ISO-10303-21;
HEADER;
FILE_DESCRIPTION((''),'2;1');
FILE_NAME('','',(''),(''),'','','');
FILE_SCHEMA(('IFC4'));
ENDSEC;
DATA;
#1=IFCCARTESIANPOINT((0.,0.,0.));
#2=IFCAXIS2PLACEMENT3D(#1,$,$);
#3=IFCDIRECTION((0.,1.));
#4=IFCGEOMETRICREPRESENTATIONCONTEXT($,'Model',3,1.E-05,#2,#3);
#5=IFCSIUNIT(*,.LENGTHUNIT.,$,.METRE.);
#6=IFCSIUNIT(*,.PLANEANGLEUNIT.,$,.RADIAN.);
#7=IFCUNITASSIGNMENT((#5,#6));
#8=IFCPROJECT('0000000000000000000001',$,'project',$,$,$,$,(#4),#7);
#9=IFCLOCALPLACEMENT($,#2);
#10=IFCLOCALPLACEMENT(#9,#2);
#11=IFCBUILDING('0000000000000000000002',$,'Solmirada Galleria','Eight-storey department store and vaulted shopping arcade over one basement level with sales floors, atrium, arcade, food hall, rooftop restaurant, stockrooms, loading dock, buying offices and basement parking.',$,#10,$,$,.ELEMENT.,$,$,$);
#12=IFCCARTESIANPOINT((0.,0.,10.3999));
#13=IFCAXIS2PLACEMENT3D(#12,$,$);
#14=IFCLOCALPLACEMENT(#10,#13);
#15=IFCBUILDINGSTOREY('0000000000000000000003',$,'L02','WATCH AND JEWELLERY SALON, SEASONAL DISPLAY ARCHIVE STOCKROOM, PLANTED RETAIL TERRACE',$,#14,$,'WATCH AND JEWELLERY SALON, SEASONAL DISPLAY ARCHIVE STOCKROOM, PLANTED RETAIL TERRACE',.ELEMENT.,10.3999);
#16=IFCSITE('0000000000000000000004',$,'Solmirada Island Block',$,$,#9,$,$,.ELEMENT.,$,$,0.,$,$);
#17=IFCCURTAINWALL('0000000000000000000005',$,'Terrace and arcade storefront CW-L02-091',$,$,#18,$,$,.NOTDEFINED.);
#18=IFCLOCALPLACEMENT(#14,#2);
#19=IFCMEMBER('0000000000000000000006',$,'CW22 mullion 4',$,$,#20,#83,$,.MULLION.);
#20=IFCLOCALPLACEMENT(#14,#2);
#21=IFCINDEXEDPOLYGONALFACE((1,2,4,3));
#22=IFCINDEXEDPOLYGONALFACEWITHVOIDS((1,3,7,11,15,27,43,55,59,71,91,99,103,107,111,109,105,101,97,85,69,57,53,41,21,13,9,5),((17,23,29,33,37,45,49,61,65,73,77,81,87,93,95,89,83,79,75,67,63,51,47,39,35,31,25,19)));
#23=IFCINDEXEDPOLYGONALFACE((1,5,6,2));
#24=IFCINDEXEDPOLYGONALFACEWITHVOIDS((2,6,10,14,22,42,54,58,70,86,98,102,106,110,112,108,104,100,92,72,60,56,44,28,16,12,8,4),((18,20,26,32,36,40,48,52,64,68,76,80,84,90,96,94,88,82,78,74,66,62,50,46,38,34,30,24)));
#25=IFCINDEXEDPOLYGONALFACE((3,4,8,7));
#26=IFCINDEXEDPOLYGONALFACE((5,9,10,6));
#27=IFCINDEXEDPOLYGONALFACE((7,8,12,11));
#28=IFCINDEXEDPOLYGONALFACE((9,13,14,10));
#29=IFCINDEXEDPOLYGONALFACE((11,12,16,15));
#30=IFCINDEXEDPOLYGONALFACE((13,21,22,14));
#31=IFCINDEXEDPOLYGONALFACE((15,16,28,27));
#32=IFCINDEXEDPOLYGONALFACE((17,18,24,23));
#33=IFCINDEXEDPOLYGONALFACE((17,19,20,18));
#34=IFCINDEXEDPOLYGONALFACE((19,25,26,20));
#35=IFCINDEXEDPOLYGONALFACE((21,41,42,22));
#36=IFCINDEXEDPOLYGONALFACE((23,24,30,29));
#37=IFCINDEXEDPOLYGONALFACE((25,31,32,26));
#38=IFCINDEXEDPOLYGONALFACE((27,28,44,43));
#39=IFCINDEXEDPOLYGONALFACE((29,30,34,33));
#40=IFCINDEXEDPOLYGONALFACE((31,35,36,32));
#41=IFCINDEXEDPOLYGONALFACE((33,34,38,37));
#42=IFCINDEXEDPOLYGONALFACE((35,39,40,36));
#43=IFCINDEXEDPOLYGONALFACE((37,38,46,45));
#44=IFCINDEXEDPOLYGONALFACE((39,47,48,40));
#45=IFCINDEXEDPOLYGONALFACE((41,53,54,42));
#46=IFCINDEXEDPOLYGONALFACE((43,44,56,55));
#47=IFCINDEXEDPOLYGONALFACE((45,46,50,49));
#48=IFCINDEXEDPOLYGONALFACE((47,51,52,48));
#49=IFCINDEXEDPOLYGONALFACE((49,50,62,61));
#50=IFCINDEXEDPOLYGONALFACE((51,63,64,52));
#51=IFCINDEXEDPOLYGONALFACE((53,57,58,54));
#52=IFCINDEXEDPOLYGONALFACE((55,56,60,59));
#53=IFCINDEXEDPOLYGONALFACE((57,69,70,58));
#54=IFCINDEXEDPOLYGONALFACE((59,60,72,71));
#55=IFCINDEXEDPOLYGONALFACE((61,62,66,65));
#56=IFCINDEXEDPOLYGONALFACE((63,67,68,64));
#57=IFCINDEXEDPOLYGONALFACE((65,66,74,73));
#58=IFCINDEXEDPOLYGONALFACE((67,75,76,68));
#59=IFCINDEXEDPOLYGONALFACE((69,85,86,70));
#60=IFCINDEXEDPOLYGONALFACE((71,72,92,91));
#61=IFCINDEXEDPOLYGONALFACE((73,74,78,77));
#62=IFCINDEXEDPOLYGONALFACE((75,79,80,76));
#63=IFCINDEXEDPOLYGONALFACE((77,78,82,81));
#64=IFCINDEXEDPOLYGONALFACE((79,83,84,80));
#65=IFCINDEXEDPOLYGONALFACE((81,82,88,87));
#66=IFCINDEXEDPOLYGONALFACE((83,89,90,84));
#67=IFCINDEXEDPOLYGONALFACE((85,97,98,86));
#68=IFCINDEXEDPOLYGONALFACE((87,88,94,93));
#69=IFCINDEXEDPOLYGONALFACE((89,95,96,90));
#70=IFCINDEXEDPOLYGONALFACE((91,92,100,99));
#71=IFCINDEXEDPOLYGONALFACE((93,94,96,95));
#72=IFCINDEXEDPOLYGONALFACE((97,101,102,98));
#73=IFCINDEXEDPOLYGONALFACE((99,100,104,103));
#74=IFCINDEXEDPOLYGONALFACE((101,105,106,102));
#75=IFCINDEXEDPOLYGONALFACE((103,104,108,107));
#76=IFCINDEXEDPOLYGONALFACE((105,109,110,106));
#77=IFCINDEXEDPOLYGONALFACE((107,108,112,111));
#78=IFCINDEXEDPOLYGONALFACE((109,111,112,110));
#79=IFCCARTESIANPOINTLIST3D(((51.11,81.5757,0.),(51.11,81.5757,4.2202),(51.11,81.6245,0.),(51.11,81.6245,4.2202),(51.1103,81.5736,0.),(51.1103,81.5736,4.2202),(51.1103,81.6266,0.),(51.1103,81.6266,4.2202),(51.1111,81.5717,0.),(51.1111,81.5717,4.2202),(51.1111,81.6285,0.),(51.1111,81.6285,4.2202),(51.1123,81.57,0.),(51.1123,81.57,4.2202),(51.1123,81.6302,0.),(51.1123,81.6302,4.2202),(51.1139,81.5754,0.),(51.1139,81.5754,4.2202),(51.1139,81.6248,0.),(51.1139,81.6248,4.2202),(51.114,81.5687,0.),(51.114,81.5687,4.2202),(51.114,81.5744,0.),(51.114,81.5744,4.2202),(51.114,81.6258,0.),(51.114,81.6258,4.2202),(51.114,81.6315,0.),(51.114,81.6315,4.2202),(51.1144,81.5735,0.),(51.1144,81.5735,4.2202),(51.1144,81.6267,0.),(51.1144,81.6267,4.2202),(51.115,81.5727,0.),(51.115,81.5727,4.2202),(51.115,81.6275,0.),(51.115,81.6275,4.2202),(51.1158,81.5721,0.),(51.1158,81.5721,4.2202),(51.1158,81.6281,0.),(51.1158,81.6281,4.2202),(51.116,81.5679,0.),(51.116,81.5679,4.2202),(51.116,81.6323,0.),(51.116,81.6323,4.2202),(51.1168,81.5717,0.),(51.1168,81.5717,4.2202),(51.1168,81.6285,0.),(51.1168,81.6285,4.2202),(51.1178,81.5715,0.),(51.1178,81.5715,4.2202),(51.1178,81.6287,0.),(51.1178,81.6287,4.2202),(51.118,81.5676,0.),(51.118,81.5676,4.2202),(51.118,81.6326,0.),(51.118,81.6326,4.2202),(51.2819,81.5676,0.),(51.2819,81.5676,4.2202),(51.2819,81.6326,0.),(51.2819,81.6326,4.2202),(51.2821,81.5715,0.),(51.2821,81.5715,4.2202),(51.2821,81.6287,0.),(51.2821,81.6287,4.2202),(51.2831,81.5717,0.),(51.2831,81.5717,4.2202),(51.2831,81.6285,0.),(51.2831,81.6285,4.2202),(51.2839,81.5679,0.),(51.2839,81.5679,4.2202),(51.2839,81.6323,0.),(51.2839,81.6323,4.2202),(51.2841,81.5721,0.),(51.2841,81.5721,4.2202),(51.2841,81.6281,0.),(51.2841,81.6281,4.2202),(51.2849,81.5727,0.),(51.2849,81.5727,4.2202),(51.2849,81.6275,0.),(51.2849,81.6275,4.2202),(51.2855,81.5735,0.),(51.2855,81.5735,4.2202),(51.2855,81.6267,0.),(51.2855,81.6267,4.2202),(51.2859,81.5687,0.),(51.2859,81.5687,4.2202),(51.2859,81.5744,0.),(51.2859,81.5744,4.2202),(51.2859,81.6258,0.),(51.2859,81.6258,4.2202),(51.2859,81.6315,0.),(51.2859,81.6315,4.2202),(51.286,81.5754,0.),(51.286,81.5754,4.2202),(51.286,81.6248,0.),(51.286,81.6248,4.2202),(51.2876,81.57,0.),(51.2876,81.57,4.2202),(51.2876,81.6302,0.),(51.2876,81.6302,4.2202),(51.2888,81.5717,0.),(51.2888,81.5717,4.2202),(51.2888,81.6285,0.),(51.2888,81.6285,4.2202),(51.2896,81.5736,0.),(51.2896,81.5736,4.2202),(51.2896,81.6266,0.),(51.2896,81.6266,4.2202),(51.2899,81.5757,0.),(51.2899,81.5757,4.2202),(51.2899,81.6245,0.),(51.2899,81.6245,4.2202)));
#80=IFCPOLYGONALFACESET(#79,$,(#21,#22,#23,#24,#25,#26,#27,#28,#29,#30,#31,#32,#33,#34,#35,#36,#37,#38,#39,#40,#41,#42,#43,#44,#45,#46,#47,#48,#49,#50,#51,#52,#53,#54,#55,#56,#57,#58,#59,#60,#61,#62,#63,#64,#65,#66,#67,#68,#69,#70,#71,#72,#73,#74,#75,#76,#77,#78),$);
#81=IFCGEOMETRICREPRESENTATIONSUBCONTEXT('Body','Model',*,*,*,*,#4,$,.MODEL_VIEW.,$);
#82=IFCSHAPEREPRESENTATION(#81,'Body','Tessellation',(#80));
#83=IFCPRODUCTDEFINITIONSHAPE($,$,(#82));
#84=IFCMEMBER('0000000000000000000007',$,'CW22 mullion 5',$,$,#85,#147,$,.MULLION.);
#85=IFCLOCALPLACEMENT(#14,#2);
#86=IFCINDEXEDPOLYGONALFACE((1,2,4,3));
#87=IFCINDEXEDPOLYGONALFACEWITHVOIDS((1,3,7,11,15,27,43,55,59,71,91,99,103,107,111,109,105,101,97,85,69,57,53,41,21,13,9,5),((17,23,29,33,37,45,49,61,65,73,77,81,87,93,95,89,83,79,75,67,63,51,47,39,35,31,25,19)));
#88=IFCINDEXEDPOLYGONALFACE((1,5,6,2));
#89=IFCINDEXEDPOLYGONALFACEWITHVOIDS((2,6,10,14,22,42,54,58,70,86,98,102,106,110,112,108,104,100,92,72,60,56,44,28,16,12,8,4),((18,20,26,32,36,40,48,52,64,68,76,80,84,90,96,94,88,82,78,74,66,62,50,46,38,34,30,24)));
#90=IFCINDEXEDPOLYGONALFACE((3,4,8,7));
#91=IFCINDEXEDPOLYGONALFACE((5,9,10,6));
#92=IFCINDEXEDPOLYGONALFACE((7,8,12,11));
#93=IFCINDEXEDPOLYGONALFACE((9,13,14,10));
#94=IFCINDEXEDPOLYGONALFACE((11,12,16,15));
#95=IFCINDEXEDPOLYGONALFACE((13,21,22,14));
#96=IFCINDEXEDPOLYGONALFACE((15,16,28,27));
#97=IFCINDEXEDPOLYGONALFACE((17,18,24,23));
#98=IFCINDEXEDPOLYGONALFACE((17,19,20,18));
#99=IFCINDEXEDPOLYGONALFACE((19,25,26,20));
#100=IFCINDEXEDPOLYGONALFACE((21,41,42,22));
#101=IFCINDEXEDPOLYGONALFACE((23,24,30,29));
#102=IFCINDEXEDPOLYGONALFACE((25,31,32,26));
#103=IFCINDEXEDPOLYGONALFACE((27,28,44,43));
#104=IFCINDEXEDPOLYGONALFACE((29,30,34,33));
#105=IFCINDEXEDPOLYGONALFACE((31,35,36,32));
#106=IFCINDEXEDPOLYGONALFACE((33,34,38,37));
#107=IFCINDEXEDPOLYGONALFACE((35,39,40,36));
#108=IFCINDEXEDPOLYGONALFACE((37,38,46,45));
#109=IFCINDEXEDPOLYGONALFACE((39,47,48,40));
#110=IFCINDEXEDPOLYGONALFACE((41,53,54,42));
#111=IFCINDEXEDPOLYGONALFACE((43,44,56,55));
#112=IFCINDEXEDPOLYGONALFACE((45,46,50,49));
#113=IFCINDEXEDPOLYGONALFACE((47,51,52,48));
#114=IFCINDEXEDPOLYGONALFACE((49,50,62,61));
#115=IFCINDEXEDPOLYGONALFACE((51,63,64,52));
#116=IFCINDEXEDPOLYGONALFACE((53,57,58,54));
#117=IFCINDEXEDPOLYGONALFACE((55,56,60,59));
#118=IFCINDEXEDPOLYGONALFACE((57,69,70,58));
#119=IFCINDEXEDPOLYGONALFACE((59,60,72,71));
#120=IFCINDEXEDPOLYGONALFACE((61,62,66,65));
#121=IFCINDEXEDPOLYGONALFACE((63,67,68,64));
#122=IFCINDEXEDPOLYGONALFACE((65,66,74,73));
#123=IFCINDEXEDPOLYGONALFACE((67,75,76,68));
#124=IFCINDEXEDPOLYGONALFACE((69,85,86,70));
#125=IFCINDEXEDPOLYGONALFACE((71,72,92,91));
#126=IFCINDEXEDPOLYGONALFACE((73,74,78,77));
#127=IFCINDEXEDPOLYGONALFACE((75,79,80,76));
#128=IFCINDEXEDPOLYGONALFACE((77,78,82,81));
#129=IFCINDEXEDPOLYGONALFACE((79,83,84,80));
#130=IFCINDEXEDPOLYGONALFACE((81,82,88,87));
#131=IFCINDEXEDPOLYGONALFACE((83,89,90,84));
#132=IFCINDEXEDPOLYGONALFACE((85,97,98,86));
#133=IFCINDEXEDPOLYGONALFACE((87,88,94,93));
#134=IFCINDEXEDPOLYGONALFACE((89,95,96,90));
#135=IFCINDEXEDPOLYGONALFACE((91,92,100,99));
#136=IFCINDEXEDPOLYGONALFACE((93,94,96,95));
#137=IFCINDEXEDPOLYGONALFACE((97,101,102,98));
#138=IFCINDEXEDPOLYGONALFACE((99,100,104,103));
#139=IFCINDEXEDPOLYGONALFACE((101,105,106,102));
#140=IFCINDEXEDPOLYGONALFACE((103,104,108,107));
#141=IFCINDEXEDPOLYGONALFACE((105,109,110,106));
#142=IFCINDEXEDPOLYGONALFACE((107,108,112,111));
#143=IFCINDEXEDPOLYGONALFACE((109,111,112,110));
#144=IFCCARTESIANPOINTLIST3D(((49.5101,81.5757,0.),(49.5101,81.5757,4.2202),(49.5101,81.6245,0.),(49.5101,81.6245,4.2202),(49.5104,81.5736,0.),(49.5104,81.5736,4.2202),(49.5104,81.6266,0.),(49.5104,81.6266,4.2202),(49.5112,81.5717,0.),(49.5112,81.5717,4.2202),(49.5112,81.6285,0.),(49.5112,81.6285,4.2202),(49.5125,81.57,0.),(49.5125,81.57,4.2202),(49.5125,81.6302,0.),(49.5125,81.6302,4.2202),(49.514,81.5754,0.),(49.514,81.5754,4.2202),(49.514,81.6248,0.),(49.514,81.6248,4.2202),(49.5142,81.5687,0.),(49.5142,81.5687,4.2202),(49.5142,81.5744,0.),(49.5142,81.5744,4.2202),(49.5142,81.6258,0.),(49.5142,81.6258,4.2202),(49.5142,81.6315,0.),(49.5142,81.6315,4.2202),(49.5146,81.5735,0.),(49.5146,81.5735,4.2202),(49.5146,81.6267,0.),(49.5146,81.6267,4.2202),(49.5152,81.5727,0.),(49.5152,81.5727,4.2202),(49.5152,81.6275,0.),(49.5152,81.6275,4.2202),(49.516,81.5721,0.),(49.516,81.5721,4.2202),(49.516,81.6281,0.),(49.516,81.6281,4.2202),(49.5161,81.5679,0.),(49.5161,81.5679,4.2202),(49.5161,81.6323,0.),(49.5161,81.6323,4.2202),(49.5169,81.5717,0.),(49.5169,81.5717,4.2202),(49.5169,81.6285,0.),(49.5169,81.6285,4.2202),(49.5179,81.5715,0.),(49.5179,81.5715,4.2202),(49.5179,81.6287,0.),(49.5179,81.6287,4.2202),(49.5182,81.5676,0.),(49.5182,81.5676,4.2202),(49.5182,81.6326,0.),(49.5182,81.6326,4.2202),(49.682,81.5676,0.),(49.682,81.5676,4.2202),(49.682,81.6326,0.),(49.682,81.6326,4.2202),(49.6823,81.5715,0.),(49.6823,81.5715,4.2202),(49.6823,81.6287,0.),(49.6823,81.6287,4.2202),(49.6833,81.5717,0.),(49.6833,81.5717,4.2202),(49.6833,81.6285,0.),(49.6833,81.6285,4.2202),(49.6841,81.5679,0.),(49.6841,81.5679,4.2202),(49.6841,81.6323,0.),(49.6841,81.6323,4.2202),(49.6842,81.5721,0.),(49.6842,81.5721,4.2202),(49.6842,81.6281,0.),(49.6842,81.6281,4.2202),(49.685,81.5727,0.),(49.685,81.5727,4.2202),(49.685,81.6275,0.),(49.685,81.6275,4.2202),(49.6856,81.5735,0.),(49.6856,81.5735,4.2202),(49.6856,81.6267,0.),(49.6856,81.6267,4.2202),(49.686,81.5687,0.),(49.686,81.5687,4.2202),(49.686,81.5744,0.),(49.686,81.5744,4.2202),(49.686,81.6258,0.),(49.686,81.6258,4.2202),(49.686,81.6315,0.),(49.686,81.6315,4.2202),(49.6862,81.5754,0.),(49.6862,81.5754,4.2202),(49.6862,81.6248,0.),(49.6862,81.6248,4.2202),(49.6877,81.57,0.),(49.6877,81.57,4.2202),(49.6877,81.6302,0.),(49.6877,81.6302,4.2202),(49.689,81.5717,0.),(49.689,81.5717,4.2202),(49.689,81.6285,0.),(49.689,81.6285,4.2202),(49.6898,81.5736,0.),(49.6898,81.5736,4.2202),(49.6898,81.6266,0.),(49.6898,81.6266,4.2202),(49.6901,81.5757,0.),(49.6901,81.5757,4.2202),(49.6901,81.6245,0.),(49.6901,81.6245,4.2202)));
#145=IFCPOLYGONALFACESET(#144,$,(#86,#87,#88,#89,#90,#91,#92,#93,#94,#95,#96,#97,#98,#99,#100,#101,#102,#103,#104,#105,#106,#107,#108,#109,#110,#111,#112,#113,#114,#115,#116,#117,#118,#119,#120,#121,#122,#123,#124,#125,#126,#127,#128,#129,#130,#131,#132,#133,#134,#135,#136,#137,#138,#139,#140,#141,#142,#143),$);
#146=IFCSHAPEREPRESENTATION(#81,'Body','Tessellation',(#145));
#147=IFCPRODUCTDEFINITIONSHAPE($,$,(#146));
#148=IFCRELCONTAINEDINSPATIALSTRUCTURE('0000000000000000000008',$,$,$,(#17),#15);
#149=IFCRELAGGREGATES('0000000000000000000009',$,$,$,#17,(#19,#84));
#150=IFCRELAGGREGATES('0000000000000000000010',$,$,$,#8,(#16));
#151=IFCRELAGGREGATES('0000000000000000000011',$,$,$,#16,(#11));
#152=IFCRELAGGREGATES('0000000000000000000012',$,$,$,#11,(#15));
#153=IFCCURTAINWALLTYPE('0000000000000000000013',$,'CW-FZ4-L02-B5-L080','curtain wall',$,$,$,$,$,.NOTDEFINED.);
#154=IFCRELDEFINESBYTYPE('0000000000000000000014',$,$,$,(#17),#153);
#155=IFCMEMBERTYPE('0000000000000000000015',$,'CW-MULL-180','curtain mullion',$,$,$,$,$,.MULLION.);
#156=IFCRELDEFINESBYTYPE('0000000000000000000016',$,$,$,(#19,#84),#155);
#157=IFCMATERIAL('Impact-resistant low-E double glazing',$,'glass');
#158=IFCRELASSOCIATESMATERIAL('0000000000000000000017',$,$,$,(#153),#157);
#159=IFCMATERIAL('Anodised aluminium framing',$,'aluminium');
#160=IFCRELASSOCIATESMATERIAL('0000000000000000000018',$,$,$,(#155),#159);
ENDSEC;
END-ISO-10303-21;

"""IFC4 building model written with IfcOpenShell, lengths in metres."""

from ifc_helpers import new_model, si_unit, direction, frame, origin, origin_2d, place, context, subcontext, project, spatial, hollow_rectangle, extrude, material, material_profile, profile_set, type_object, element, aggregate, save


model = new_model("IFC4")

# Units and contexts
model_context = context("Model", 3, precision=1e-05, world=origin(), true_north=direction((0.0, 1.0)))
body_context = subcontext(model_context, "Body", "Model", "MODEL_VIEW")
ifc_project = project(units=[si_unit("LENGTHUNIT", "METRE"), si_unit("PLANEANGLEUNIT", "RADIAN")], contexts=[model_context])

# Site, building, storey
site_placement = place(None, origin())
site = spatial("IfcSite", under=ifc_project, at=site_placement, Name="Solmirada Island Block", CompositionType="ELEMENT", RefElevation=0.0)
building_placement = place(site_placement, origin())
building = spatial("IfcBuilding", under=site, at=building_placement, Name="Solmirada Galleria", Description="Eight-storey department store and vaulted shopping arcade over one basement level with sales floors, atrium, arcade, food hall, rooftop restaurant, stockrooms, loading dock, buying offices and basement parking.", CompositionType="ELEMENT")
storey_placement = place(building_placement, frame((0.0, 0.0, 10.3999)))
storey = spatial("IfcBuildingStorey", under=building, at=storey_placement, Name="L02", Description="WATCH AND JEWELLERY SALON, SEASONAL DISPLAY ARCHIVE STOCKROOM, PLANTED RETAIL TERRACE", LongName="WATCH AND JEWELLERY SALON, SEASONAL DISPLAY ARCHIVE STOCKROOM, PLANTED RETAIL TERRACE", CompositionType="ELEMENT", Elevation=10.3999)

# Curtain wall, members
ifc_material_1 = material(Name="Impact-resistant low-E double glazing", Category="glass")
curtain_wall_type = type_object("IfcCurtainWallType", Name="CW-FZ4-L02-B5-L080", Description="curtain wall", PredefinedType="NOTDEFINED", material=ifc_material_1)
curtain_wall_1_placement = place(storey_placement, origin())
curtain_wall_1 = element("IfcCurtainWall", 1, at=curtain_wall_1_placement, inside=storey, type_object=curtain_wall_type, Name="Terrace and arcade storefront CW-L02-091", PredefinedType="NOTDEFINED")
ifc_material_2 = material(Name="Anodised aluminium framing", Category="aluminium")
ifc_material_profile_1 = material_profile(ifc_material_2, hollow_rectangle(XDim=0.0649, YDim=0.1799, WallThickness=0.0039, InnerFilletRadius=0.0039, OuterFilletRadius=0.0081, at=origin_2d()), Name="ALU-MULL-180X65")
ifc_profile_set_1 = profile_set([ifc_material_profile_1], Name="Anodised aluminium framing")
member_type_1 = type_object("IfcMemberType", Name="CW-MULL-180", Description="curtain mullion", PredefinedType="MULLION", material=ifc_profile_set_1)
member_1_placement = place(storey_placement, frame((51.2, 81.6001, 0.0), z_axis=(0.0, 0.0, 1.0), x_axis=(0.0, -1.0, 0.0)))
member_1 = element("IfcMember", 2, at=member_1_placement, type_object=member_type_1, Name="CW22 mullion 4", PredefinedType="MULLION", context=body_context, shape_type="SweptSolid", body=[
    extrude(hollow_rectangle(XDim=0.0649, YDim=0.1799, WallThickness=0.0039, InnerFilletRadius=0.0039, OuterFilletRadius=0.0081, at=origin_2d()), origin(), (0.0, 0.0, 1.0), 4.2202),
])
member_2_placement = place(storey_placement, frame((49.6001, 81.6001, 0.0), z_axis=(0.0, 0.0, 1.0), x_axis=(0.0, -1.0, 0.0)))
member_2 = element("IfcMember", 3, at=member_2_placement, type_object=member_type_1, Name="CW22 mullion 5", PredefinedType="MULLION", context=body_context, shape_type="SweptSolid", body=[
    extrude(hollow_rectangle(XDim=0.0649, YDim=0.1799, WallThickness=0.0039, InnerFilletRadius=0.0039, OuterFilletRadius=0.0081, at=origin_2d()), origin(), (0.0, 0.0, 1.0), 4.2202),
])

aggregate(curtain_wall_1, [member_1, member_2])

save(model, "model.ifc")
